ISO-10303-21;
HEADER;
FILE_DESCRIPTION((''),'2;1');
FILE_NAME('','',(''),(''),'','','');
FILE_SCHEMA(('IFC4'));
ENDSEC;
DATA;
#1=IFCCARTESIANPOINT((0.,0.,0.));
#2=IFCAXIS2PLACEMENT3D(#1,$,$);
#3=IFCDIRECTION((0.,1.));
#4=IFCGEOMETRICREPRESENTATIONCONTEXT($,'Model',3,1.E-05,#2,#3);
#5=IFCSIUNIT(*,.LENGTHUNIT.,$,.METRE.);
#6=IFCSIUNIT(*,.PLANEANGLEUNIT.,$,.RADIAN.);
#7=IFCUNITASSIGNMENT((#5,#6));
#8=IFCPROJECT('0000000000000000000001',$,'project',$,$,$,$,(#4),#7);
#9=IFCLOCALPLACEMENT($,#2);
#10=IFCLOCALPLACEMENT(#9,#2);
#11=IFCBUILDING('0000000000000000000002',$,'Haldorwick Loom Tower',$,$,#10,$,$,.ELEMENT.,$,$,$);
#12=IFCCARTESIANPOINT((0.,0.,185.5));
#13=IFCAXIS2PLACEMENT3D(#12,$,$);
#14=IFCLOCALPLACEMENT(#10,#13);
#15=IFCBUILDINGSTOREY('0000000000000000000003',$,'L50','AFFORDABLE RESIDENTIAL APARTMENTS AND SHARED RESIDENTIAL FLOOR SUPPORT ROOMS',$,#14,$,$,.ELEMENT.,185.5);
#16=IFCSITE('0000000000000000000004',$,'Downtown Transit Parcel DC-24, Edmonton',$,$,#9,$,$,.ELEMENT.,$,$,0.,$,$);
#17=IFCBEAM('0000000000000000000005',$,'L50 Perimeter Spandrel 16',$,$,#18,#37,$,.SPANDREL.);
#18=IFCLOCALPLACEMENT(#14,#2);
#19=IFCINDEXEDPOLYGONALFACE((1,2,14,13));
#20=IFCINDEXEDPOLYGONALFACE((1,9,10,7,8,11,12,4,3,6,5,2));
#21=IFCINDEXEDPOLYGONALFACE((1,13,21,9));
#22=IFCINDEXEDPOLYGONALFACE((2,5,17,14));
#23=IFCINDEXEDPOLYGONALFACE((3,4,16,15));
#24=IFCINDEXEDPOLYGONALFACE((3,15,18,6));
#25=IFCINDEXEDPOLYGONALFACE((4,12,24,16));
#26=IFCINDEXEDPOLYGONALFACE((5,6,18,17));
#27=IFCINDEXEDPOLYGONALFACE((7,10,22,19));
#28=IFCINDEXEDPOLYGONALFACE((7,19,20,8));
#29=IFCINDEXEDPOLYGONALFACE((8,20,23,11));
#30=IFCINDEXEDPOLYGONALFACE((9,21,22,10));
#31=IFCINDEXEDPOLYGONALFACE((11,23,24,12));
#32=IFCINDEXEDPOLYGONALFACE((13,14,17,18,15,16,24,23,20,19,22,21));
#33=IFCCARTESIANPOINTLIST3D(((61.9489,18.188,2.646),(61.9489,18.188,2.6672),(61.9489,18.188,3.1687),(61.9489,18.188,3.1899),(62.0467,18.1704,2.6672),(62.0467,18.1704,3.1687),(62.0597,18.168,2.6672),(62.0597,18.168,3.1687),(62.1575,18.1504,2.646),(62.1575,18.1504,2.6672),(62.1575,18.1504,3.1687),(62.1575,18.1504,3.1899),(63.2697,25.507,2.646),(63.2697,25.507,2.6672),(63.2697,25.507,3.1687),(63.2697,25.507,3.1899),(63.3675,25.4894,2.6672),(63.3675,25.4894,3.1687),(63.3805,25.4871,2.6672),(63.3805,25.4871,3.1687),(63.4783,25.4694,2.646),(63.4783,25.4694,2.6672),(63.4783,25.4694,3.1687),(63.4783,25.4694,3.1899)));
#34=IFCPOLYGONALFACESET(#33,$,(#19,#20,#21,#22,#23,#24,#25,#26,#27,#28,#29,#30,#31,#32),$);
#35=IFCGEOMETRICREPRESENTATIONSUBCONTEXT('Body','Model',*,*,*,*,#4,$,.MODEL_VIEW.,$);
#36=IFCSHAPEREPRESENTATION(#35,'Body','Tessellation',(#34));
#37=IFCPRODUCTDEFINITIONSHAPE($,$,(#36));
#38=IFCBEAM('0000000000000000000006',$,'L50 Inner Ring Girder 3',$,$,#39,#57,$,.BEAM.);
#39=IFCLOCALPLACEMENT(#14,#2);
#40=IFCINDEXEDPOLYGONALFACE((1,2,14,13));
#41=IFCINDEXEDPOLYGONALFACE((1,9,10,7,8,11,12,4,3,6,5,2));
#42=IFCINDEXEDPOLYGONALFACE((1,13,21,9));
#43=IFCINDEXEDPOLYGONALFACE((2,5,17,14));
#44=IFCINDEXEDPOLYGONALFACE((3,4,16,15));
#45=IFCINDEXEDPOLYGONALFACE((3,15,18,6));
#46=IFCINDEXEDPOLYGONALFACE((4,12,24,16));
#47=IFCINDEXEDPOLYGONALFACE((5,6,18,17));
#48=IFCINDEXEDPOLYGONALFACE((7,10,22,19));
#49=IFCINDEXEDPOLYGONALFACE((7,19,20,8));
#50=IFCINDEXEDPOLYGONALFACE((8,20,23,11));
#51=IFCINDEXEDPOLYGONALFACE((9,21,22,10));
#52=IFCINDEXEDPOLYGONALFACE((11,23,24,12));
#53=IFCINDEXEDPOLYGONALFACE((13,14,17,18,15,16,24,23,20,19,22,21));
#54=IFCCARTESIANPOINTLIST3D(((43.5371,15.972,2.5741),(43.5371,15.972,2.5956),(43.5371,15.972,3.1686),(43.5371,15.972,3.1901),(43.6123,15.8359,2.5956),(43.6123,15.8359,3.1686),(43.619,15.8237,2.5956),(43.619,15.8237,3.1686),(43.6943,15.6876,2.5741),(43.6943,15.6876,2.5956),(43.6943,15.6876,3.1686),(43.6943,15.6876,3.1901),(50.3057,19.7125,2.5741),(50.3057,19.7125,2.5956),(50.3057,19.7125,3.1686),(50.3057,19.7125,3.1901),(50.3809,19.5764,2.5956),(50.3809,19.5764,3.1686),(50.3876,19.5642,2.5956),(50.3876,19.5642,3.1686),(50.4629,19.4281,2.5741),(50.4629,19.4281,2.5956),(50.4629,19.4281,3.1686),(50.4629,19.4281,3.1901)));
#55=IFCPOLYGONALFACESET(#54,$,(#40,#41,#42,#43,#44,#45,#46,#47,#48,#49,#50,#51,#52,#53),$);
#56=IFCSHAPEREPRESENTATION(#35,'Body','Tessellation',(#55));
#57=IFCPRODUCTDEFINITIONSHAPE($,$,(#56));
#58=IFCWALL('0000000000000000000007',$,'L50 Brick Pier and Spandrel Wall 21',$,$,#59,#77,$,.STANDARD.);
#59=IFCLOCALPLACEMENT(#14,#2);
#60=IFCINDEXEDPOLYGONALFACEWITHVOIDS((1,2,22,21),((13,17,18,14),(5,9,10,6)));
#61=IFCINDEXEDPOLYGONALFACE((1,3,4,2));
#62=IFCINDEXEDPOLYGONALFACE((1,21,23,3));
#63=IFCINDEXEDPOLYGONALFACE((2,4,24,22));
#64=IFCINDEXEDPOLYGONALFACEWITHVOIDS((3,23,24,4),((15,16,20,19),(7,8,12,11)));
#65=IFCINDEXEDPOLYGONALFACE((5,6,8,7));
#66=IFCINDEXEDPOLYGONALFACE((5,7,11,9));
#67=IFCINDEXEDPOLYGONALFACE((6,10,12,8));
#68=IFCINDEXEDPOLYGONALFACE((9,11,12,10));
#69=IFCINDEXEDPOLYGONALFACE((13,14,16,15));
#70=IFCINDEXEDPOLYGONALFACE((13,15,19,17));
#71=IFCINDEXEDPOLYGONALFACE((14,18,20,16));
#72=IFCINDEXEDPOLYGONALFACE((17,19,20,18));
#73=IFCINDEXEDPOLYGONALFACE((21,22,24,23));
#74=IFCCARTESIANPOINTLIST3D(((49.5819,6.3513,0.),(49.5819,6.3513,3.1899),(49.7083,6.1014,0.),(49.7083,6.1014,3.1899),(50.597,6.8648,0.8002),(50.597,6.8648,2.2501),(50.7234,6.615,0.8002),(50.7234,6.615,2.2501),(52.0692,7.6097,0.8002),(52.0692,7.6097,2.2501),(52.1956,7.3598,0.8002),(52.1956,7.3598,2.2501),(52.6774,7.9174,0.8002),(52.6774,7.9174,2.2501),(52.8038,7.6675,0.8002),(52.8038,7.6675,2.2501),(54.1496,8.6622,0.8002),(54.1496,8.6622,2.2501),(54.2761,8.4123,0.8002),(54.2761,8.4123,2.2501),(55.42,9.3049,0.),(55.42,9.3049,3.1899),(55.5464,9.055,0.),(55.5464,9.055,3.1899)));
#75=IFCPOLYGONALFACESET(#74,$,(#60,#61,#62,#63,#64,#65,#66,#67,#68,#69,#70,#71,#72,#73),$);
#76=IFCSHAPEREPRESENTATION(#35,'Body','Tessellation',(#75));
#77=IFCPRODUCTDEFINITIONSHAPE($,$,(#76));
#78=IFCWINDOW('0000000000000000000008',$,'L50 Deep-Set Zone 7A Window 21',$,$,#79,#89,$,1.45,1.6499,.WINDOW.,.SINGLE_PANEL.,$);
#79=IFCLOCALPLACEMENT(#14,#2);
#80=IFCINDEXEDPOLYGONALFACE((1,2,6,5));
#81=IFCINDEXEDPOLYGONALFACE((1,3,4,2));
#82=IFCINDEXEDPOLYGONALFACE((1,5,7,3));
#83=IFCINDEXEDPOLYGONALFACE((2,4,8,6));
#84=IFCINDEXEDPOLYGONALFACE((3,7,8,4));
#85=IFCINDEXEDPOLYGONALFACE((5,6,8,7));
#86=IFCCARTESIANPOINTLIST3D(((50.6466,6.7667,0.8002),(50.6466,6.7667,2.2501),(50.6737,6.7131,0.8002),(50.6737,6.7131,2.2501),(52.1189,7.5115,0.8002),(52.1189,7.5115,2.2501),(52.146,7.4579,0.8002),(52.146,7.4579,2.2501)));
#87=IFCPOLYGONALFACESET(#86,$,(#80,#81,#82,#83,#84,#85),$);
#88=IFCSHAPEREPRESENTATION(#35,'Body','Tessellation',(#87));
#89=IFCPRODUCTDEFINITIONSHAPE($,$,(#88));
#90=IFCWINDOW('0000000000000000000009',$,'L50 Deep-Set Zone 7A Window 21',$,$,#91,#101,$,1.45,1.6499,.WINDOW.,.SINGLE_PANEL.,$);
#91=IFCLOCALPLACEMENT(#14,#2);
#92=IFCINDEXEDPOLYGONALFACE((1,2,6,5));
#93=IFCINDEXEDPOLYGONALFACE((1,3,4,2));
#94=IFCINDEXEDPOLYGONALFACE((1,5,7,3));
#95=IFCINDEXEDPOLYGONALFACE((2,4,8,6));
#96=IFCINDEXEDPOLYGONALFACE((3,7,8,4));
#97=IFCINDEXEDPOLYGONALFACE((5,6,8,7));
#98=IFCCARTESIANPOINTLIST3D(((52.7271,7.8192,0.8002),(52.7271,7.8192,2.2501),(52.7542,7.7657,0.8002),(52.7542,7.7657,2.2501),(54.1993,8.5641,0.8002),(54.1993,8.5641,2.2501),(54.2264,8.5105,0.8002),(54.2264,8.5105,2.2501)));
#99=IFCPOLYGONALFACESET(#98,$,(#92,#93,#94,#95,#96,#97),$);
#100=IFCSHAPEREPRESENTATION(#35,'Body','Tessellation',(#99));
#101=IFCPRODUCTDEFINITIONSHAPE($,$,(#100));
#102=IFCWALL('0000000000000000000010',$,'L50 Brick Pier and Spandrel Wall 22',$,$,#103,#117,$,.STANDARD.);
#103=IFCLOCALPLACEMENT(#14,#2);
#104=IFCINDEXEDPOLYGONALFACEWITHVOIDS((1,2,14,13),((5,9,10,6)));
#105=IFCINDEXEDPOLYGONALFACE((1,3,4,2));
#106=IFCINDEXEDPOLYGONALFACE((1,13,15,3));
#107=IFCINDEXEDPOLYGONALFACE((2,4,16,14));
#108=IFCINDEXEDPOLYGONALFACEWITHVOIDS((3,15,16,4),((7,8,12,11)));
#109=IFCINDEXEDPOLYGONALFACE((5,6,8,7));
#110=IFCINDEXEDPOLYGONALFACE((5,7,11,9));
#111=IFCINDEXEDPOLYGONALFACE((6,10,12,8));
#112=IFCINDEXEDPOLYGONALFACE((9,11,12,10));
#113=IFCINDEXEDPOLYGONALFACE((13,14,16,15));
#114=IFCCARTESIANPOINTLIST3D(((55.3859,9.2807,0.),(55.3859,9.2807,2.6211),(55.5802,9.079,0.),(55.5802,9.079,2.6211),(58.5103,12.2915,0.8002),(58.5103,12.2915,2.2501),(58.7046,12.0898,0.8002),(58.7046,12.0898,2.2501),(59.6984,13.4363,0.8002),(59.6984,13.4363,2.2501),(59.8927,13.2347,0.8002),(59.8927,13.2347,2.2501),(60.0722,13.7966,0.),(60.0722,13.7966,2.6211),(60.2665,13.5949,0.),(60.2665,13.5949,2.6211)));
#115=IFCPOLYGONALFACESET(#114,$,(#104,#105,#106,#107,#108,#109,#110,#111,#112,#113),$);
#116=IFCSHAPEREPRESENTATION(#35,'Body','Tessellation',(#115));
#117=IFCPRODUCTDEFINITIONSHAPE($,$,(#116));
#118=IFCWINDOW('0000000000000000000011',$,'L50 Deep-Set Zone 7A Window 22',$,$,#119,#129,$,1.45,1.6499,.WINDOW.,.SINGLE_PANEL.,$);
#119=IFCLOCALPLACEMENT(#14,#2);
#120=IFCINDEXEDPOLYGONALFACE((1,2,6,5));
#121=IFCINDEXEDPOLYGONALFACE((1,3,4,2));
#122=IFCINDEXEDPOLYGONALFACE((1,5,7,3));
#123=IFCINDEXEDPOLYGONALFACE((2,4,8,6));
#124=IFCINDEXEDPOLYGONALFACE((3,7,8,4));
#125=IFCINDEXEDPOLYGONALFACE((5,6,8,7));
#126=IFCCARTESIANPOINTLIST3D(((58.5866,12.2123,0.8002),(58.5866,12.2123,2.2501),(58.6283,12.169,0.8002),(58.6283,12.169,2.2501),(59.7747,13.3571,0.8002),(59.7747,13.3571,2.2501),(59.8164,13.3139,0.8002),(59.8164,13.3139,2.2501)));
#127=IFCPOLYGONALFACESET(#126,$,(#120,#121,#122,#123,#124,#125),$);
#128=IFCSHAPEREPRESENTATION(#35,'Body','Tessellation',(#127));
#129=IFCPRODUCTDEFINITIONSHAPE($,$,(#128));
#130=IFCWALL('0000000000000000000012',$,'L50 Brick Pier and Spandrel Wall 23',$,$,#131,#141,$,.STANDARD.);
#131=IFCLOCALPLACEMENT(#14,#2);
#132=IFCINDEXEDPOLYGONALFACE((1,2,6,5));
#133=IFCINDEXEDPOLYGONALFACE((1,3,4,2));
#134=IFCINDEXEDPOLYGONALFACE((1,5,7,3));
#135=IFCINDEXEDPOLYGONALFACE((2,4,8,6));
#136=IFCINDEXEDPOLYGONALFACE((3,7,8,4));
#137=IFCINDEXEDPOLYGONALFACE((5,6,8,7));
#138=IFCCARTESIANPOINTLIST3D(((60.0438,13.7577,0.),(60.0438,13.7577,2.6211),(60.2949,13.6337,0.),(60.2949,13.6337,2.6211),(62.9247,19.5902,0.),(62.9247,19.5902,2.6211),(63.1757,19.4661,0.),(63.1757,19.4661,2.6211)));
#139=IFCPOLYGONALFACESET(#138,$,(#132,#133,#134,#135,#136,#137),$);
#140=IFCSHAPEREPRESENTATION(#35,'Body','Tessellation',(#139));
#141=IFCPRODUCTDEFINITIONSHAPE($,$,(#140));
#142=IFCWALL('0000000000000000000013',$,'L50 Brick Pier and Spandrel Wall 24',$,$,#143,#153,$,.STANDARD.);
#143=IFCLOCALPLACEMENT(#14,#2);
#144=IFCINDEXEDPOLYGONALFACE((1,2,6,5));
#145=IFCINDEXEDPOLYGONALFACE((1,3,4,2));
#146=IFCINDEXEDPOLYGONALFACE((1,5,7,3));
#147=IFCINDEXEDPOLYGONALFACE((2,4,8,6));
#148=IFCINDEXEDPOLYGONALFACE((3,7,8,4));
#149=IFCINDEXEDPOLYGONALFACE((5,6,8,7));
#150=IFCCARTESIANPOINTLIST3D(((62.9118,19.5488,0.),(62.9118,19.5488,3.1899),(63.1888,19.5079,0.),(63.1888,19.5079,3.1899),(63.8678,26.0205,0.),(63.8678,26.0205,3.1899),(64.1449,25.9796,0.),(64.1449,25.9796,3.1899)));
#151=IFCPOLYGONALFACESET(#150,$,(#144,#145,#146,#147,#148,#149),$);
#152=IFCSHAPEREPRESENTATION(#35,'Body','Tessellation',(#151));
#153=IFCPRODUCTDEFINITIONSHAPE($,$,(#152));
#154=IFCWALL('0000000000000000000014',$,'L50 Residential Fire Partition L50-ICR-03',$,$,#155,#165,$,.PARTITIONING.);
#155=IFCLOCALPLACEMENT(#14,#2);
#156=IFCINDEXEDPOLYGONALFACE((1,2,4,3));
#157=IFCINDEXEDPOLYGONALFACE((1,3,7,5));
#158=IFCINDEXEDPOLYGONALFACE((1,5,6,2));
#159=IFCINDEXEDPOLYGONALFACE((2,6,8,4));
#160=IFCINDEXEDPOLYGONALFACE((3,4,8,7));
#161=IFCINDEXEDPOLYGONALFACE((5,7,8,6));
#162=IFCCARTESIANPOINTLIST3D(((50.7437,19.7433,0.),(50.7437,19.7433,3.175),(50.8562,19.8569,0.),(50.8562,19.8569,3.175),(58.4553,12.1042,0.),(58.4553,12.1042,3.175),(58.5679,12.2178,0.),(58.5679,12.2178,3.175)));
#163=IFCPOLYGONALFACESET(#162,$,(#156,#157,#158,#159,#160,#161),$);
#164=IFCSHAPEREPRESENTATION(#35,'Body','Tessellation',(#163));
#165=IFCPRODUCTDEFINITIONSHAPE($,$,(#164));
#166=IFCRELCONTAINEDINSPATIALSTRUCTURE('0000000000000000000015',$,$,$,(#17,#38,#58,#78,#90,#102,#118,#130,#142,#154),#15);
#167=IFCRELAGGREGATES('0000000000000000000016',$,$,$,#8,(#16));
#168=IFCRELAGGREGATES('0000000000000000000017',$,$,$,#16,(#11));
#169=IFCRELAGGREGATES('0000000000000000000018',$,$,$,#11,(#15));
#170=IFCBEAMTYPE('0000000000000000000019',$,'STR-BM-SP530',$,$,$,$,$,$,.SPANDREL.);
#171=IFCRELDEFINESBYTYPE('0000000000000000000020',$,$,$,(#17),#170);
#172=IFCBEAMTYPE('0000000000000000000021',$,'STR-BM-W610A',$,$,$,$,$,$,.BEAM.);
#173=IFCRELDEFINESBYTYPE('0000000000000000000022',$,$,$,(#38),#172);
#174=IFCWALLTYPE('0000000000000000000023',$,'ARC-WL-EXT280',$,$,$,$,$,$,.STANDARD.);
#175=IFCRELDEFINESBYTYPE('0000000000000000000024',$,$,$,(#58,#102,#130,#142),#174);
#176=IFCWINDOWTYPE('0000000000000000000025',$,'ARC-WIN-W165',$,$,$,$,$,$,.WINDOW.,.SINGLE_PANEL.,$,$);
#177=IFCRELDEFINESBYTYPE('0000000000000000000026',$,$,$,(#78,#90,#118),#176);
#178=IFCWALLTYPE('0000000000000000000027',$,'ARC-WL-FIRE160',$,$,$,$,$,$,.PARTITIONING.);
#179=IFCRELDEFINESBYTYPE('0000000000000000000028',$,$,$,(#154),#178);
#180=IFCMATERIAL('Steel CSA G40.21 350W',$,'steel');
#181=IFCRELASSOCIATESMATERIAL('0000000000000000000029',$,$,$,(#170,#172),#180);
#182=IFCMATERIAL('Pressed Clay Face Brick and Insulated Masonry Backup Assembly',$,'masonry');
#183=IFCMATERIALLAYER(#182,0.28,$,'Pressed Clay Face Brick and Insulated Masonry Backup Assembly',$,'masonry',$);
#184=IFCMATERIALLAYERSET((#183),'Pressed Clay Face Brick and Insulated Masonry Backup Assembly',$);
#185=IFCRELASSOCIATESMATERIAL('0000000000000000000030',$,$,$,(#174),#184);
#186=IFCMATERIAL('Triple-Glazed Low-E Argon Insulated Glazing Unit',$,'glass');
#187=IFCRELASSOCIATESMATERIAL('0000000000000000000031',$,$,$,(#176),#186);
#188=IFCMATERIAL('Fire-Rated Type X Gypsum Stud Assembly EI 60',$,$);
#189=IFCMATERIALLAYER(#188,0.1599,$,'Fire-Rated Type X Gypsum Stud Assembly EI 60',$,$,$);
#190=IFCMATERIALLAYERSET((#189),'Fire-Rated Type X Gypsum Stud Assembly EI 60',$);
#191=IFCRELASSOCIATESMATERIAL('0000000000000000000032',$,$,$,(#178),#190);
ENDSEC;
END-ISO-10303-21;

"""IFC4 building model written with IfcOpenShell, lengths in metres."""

from ifc_helpers import new_model, si_unit, direction, frame, frame_2d, origin, origin_2d, place, context, subcontext, project, spatial, rectangle, i_section, extrude, material, layer, layer_set, material_profile, profile_set, type_object, element, fill, save


model = new_model("IFC4")

# Units and contexts
model_context = context("Model", 3, precision=1e-05, world=origin(), true_north=direction((0.0, 1.0)))
body_context = subcontext(model_context, "Body", "Model", "MODEL_VIEW")
ifc_project = project(units=[si_unit("LENGTHUNIT", "METRE"), si_unit("PLANEANGLEUNIT", "RADIAN")], contexts=[model_context])

# Site, building, storey
site_placement = place(None, origin())
site = spatial("IfcSite", under=ifc_project, at=site_placement, Name="Downtown Transit Parcel DC-24, Edmonton", CompositionType="ELEMENT", RefElevation=0.0)
building_placement = place(site_placement, origin())
building = spatial("IfcBuilding", under=site, at=building_placement, Name="Haldorwick Loom Tower", CompositionType="ELEMENT")
storey_placement = place(building_placement, frame((0.0, 0.0, 185.5)))
storey = spatial("IfcBuildingStorey", under=building, at=storey_placement, Name="L50", Description="AFFORDABLE RESIDENTIAL APARTMENTS AND SHARED RESIDENTIAL FLOOR SUPPORT ROOMS", CompositionType="ELEMENT", Elevation=185.5)

# Beams
ifc_material_1 = material(Name="Steel CSA G40.21 350W", Category="steel")
ifc_material_profile_1 = material_profile(ifc_material_1, i_section(OverallWidth=0.2119, OverallDepth=0.5439, WebThickness=0.0132, FlangeThickness=0.0212, at=origin_2d()), Name="W530X123", Category="steel")
ifc_profile_set_1 = profile_set([ifc_material_profile_1], Name="Steel CSA G40.21 350W")
beam_type_1 = type_object("IfcBeamType", Name="STR-BM-SP530", PredefinedType="SPANDREL", material=ifc_profile_set_1)
beam_1_placement = place(storey_placement, frame((62.0532, 18.1692, 2.918), z_axis=(0.177591, 0.984104, 0.0), x_axis=(-0.984104, 0.177591, 0.0)))
element("IfcBeam", 1, at=beam_1_placement, inside=storey, type_object=beam_type_1, Name="L50 Perimeter Spandrel 16", PredefinedType="SPANDREL", context=body_context, shape_type="SweptSolid", body=[
    extrude(i_section(OverallWidth=0.2119, OverallDepth=0.5439, WebThickness=0.0132, FlangeThickness=0.0212, at=origin_2d()), origin(), (0.0, 0.0, 1.0), 7.4373),
])
ifc_material_profile_2 = material_profile(ifc_material_1, i_section(OverallWidth=0.325, OverallDepth=0.616, WebThickness=0.0139, FlangeThickness=0.0215, at=origin_2d()), Name="W610X174", Category="steel")
ifc_profile_set_2 = profile_set([ifc_material_profile_2], Name="Steel CSA G40.21 350W")
beam_type_2 = type_object("IfcBeamType", Name="STR-BM-W610A", PredefinedType="BEAM", material=ifc_profile_set_2)
beam_2_placement = place(storey_placement, frame((50.3843, 19.5703, 2.8821), z_axis=(-0.875244, -0.483682, 0.0), x_axis=(0.483682, -0.875244, 0.0)))
element("IfcBeam", 2, at=beam_2_placement, inside=storey, type_object=beam_type_2, Name="L50 Inner Ring Girder 3", PredefinedType="BEAM", context=body_context, shape_type="SweptSolid", body=[
    extrude(i_section(OverallWidth=0.325, OverallDepth=0.616, WebThickness=0.0139, FlangeThickness=0.0215, at=origin_2d()), origin(), (0.0, 0.0, 1.0), 7.7334),
])

# Wall, openings, windows
ifc_material_2 = material(Name="Pressed Clay Face Brick and Insulated Masonry Backup Assembly", Category="masonry")
ifc_layer_1 = layer(ifc_material_2, 0.28, Name="Pressed Clay Face Brick and Insulated Masonry Backup Assembly", Category="masonry")
ifc_layer_set_1 = layer_set([ifc_layer_1], Name="Pressed Clay Face Brick and Insulated Masonry Backup Assembly")
wall_type_1 = type_object("IfcWallType", Name="ARC-WL-EXT280", PredefinedType="STANDARD", material=ifc_layer_set_1)
wall_1_placement = place(storey_placement, frame((49.645, 6.2263, 0.0), z_axis=(0.0, 0.0, 1.0), x_axis=(0.892305, 0.451433, 0.0)))
wall_1 = element("IfcWall", 3, at=wall_1_placement, inside=storey, type_object=wall_type_1, Name="L50 Brick Pier and Spandrel Wall 21", PredefinedType="STANDARD", context=body_context, shape_type="SweptSolid", body=[
    extrude(rectangle(XDim=6.5427, YDim=0.28, at=frame_2d((3.2715, 0.0))), origin(), (0.0, 0.0, 1.0), 3.1899),
])
opening_1_placement = place(wall_1_placement, frame((1.1377, 0.0, 0.8)))
opening_1 = element("IfcOpeningElement", 4, at=opening_1_placement, cuts=wall_1, PredefinedType="OPENING", context=body_context, shape_type="SweptSolid", body=[
    extrude(rectangle(XDim=1.6499, YDim=1.45, at=frame_2d((0.825, 0.7251))), frame((0.0, 0.1499, 0.0), z_axis=(0.0, -1.0, 0.0), x_axis=(1.0, 0.0, 0.0)), (0.0, 0.0, 1.0), 0.3),
])
opening_2_placement = place(wall_1_placement, frame((3.4692, 0.0, 0.8)))
opening_2 = element("IfcOpeningElement", 5, at=opening_2_placement, cuts=wall_1, PredefinedType="OPENING", context=body_context, shape_type="SweptSolid", body=[
    extrude(rectangle(XDim=1.6499, YDim=1.45, at=frame_2d((0.825, 0.7251))), frame((0.0, 0.1499, 0.0), z_axis=(0.0, -1.0, 0.0), x_axis=(1.0, 0.0, 0.0)), (0.0, 0.0, 1.0), 0.3),
])
ifc_material_3 = material(Name="Triple-Glazed Low-E Argon Insulated Glazing Unit", Category="glass")
window_type = type_object("IfcWindowType", Name="ARC-WIN-W165", PartitioningType="SINGLE_PANEL", PredefinedType="WINDOW", material=ifc_material_3)
window_1_placement = place(opening_1_placement, origin())
window_1 = element("IfcWindow", 6, at=window_1_placement, inside=storey, type_object=window_type, Name="L50 Deep-Set Zone 7A Window 21", OverallHeight=1.45, OverallWidth=1.6499, PartitioningType="SINGLE_PANEL", PredefinedType="WINDOW", context=body_context, shape_type="SweptSolid", body=[
    extrude(rectangle(XDim=1.6499, YDim=1.45, at=frame_2d((0.825, 0.7251))), frame((0.0, 0.03, 0.0), z_axis=(0.0, -1.0, 0.0), x_axis=(1.0, 0.0, 0.0)), (0.0, 0.0, 1.0), 0.0601),
])
fill(opening_1, window_1)
window_2_placement = place(opening_2_placement, origin())
window_2 = element("IfcWindow", 7, at=window_2_placement, inside=storey, type_object=window_type, Name="L50 Deep-Set Zone 7A Window 21", OverallHeight=1.45, OverallWidth=1.6499, PartitioningType="SINGLE_PANEL", PredefinedType="WINDOW", context=body_context, shape_type="SweptSolid", body=[
    extrude(rectangle(XDim=1.6499, YDim=1.45, at=frame_2d((0.825, 0.7251))), frame((0.0, 0.03, 0.0), z_axis=(0.0, -1.0, 0.0), x_axis=(1.0, 0.0, 0.0)), (0.0, 0.0, 1.0), 0.0601),
])
fill(opening_2, window_2)

# Wall, opening, window
wall_2_placement = place(storey_placement, frame((55.4832, 9.1799, 0.0), z_axis=(0.0, 0.0, 1.0), x_axis=(0.720078, 0.693893, 0.0)))
wall_2 = element("IfcWall", 8, at=wall_2_placement, inside=storey, type_object=wall_type_1, Name="L50 Brick Pier and Spandrel Wall 22", PredefinedType="STANDARD", context=body_context, shape_type="SweptSolid", body=[
    extrude(rectangle(XDim=6.5081, YDim=0.28, at=frame_2d((3.2539, 0.0))), origin(), (0.0, 0.0, 1.0), 2.6211),
])
opening_3_placement = place(wall_2_placement, frame((4.3389, 0.0, 0.8)))
opening_3 = element("IfcOpeningElement", 9, at=opening_3_placement, cuts=wall_2, PredefinedType="OPENING", context=body_context, shape_type="SweptSolid", body=[
    extrude(rectangle(XDim=1.6499, YDim=1.45, at=frame_2d((0.825, 0.7251))), frame((0.0, 0.1499, 0.0), z_axis=(0.0, -1.0, 0.0), x_axis=(1.0, 0.0, 0.0)), (0.0, 0.0, 1.0), 0.3),
])
window_3_placement = place(opening_3_placement, origin())
window_3 = element("IfcWindow", 10, at=window_3_placement, inside=storey, type_object=window_type, Name="L50 Deep-Set Zone 7A Window 22", OverallHeight=1.45, OverallWidth=1.6499, PartitioningType="SINGLE_PANEL", PredefinedType="WINDOW", context=body_context, shape_type="SweptSolid", body=[
    extrude(rectangle(XDim=1.6499, YDim=1.45, at=frame_2d((0.825, 0.7251))), frame((0.0, 0.03, 0.0), z_axis=(0.0, -1.0, 0.0), x_axis=(1.0, 0.0, 0.0)), (0.0, 0.0, 1.0), 0.0601),
])
fill(opening_3, window_3)

# Walls
wall_3_placement = place(storey_placement, frame((60.1694, 13.6958, 0.0), z_axis=(0.0, 0.0, 1.0), x_axis=(0.442855, 0.896593, 0.0)))
element("IfcWall", 11, at=wall_3_placement, inside=storey, type_object=wall_type_1, Name="L50 Brick Pier and Spandrel Wall 23", PredefinedType="STANDARD", context=body_context, shape_type="SweptSolid", body=[
    extrude(rectangle(XDim=6.5051, YDim=0.28, at=frame_2d((3.2524, 0.0))), origin(), (0.0, 0.0, 1.0), 2.6211),
])
wall_4_placement = place(storey_placement, frame((63.0503, 19.5283, 0.0), z_axis=(0.0, 0.0, 1.0), x_axis=(0.146143, 0.989263, 0.0)))
element("IfcWall", 12, at=wall_4_placement, inside=storey, type_object=wall_type_1, Name="L50 Brick Pier and Spandrel Wall 24", PredefinedType="STANDARD", context=body_context, shape_type="SweptSolid", body=[
    extrude(rectangle(XDim=6.542, YDim=0.28, at=frame_2d((3.271, 0.0))), origin(), (0.0, 0.0, 1.0), 3.1899),
])
ifc_material_4 = material(Name="Fire-Rated Type X Gypsum Stud Assembly EI 60")
ifc_layer_2 = layer(ifc_material_4, 0.1599, Name="Fire-Rated Type X Gypsum Stud Assembly EI 60")
ifc_layer_set_2 = layer_set([ifc_layer_2], Name="Fire-Rated Type X Gypsum Stud Assembly EI 60")
wall_type_2 = type_object("IfcWallType", Name="ARC-WL-FIRE160", PredefinedType="PARTITIONING", material=ifc_layer_set_2)
wall_5_placement = place(storey_placement, frame((50.8, 19.8, 0.0), z_axis=(0.0, 0.0, 1.0), x_axis=(0.710439, -0.703759, 0.0)))
element("IfcWall", 13, at=wall_5_placement, inside=storey, type_object=wall_type_2, Name="L50 Residential Fire Partition L50-ICR-03", PredefinedType="PARTITIONING", context=body_context, shape_type="SweptSolid", body=[
    extrude(rectangle(XDim=10.8547, YDim=0.1599, at=frame_2d((5.4272, 0.0))), origin(), (0.0, 0.0, 1.0), 3.175),
])

save(model, "model.ifc")
